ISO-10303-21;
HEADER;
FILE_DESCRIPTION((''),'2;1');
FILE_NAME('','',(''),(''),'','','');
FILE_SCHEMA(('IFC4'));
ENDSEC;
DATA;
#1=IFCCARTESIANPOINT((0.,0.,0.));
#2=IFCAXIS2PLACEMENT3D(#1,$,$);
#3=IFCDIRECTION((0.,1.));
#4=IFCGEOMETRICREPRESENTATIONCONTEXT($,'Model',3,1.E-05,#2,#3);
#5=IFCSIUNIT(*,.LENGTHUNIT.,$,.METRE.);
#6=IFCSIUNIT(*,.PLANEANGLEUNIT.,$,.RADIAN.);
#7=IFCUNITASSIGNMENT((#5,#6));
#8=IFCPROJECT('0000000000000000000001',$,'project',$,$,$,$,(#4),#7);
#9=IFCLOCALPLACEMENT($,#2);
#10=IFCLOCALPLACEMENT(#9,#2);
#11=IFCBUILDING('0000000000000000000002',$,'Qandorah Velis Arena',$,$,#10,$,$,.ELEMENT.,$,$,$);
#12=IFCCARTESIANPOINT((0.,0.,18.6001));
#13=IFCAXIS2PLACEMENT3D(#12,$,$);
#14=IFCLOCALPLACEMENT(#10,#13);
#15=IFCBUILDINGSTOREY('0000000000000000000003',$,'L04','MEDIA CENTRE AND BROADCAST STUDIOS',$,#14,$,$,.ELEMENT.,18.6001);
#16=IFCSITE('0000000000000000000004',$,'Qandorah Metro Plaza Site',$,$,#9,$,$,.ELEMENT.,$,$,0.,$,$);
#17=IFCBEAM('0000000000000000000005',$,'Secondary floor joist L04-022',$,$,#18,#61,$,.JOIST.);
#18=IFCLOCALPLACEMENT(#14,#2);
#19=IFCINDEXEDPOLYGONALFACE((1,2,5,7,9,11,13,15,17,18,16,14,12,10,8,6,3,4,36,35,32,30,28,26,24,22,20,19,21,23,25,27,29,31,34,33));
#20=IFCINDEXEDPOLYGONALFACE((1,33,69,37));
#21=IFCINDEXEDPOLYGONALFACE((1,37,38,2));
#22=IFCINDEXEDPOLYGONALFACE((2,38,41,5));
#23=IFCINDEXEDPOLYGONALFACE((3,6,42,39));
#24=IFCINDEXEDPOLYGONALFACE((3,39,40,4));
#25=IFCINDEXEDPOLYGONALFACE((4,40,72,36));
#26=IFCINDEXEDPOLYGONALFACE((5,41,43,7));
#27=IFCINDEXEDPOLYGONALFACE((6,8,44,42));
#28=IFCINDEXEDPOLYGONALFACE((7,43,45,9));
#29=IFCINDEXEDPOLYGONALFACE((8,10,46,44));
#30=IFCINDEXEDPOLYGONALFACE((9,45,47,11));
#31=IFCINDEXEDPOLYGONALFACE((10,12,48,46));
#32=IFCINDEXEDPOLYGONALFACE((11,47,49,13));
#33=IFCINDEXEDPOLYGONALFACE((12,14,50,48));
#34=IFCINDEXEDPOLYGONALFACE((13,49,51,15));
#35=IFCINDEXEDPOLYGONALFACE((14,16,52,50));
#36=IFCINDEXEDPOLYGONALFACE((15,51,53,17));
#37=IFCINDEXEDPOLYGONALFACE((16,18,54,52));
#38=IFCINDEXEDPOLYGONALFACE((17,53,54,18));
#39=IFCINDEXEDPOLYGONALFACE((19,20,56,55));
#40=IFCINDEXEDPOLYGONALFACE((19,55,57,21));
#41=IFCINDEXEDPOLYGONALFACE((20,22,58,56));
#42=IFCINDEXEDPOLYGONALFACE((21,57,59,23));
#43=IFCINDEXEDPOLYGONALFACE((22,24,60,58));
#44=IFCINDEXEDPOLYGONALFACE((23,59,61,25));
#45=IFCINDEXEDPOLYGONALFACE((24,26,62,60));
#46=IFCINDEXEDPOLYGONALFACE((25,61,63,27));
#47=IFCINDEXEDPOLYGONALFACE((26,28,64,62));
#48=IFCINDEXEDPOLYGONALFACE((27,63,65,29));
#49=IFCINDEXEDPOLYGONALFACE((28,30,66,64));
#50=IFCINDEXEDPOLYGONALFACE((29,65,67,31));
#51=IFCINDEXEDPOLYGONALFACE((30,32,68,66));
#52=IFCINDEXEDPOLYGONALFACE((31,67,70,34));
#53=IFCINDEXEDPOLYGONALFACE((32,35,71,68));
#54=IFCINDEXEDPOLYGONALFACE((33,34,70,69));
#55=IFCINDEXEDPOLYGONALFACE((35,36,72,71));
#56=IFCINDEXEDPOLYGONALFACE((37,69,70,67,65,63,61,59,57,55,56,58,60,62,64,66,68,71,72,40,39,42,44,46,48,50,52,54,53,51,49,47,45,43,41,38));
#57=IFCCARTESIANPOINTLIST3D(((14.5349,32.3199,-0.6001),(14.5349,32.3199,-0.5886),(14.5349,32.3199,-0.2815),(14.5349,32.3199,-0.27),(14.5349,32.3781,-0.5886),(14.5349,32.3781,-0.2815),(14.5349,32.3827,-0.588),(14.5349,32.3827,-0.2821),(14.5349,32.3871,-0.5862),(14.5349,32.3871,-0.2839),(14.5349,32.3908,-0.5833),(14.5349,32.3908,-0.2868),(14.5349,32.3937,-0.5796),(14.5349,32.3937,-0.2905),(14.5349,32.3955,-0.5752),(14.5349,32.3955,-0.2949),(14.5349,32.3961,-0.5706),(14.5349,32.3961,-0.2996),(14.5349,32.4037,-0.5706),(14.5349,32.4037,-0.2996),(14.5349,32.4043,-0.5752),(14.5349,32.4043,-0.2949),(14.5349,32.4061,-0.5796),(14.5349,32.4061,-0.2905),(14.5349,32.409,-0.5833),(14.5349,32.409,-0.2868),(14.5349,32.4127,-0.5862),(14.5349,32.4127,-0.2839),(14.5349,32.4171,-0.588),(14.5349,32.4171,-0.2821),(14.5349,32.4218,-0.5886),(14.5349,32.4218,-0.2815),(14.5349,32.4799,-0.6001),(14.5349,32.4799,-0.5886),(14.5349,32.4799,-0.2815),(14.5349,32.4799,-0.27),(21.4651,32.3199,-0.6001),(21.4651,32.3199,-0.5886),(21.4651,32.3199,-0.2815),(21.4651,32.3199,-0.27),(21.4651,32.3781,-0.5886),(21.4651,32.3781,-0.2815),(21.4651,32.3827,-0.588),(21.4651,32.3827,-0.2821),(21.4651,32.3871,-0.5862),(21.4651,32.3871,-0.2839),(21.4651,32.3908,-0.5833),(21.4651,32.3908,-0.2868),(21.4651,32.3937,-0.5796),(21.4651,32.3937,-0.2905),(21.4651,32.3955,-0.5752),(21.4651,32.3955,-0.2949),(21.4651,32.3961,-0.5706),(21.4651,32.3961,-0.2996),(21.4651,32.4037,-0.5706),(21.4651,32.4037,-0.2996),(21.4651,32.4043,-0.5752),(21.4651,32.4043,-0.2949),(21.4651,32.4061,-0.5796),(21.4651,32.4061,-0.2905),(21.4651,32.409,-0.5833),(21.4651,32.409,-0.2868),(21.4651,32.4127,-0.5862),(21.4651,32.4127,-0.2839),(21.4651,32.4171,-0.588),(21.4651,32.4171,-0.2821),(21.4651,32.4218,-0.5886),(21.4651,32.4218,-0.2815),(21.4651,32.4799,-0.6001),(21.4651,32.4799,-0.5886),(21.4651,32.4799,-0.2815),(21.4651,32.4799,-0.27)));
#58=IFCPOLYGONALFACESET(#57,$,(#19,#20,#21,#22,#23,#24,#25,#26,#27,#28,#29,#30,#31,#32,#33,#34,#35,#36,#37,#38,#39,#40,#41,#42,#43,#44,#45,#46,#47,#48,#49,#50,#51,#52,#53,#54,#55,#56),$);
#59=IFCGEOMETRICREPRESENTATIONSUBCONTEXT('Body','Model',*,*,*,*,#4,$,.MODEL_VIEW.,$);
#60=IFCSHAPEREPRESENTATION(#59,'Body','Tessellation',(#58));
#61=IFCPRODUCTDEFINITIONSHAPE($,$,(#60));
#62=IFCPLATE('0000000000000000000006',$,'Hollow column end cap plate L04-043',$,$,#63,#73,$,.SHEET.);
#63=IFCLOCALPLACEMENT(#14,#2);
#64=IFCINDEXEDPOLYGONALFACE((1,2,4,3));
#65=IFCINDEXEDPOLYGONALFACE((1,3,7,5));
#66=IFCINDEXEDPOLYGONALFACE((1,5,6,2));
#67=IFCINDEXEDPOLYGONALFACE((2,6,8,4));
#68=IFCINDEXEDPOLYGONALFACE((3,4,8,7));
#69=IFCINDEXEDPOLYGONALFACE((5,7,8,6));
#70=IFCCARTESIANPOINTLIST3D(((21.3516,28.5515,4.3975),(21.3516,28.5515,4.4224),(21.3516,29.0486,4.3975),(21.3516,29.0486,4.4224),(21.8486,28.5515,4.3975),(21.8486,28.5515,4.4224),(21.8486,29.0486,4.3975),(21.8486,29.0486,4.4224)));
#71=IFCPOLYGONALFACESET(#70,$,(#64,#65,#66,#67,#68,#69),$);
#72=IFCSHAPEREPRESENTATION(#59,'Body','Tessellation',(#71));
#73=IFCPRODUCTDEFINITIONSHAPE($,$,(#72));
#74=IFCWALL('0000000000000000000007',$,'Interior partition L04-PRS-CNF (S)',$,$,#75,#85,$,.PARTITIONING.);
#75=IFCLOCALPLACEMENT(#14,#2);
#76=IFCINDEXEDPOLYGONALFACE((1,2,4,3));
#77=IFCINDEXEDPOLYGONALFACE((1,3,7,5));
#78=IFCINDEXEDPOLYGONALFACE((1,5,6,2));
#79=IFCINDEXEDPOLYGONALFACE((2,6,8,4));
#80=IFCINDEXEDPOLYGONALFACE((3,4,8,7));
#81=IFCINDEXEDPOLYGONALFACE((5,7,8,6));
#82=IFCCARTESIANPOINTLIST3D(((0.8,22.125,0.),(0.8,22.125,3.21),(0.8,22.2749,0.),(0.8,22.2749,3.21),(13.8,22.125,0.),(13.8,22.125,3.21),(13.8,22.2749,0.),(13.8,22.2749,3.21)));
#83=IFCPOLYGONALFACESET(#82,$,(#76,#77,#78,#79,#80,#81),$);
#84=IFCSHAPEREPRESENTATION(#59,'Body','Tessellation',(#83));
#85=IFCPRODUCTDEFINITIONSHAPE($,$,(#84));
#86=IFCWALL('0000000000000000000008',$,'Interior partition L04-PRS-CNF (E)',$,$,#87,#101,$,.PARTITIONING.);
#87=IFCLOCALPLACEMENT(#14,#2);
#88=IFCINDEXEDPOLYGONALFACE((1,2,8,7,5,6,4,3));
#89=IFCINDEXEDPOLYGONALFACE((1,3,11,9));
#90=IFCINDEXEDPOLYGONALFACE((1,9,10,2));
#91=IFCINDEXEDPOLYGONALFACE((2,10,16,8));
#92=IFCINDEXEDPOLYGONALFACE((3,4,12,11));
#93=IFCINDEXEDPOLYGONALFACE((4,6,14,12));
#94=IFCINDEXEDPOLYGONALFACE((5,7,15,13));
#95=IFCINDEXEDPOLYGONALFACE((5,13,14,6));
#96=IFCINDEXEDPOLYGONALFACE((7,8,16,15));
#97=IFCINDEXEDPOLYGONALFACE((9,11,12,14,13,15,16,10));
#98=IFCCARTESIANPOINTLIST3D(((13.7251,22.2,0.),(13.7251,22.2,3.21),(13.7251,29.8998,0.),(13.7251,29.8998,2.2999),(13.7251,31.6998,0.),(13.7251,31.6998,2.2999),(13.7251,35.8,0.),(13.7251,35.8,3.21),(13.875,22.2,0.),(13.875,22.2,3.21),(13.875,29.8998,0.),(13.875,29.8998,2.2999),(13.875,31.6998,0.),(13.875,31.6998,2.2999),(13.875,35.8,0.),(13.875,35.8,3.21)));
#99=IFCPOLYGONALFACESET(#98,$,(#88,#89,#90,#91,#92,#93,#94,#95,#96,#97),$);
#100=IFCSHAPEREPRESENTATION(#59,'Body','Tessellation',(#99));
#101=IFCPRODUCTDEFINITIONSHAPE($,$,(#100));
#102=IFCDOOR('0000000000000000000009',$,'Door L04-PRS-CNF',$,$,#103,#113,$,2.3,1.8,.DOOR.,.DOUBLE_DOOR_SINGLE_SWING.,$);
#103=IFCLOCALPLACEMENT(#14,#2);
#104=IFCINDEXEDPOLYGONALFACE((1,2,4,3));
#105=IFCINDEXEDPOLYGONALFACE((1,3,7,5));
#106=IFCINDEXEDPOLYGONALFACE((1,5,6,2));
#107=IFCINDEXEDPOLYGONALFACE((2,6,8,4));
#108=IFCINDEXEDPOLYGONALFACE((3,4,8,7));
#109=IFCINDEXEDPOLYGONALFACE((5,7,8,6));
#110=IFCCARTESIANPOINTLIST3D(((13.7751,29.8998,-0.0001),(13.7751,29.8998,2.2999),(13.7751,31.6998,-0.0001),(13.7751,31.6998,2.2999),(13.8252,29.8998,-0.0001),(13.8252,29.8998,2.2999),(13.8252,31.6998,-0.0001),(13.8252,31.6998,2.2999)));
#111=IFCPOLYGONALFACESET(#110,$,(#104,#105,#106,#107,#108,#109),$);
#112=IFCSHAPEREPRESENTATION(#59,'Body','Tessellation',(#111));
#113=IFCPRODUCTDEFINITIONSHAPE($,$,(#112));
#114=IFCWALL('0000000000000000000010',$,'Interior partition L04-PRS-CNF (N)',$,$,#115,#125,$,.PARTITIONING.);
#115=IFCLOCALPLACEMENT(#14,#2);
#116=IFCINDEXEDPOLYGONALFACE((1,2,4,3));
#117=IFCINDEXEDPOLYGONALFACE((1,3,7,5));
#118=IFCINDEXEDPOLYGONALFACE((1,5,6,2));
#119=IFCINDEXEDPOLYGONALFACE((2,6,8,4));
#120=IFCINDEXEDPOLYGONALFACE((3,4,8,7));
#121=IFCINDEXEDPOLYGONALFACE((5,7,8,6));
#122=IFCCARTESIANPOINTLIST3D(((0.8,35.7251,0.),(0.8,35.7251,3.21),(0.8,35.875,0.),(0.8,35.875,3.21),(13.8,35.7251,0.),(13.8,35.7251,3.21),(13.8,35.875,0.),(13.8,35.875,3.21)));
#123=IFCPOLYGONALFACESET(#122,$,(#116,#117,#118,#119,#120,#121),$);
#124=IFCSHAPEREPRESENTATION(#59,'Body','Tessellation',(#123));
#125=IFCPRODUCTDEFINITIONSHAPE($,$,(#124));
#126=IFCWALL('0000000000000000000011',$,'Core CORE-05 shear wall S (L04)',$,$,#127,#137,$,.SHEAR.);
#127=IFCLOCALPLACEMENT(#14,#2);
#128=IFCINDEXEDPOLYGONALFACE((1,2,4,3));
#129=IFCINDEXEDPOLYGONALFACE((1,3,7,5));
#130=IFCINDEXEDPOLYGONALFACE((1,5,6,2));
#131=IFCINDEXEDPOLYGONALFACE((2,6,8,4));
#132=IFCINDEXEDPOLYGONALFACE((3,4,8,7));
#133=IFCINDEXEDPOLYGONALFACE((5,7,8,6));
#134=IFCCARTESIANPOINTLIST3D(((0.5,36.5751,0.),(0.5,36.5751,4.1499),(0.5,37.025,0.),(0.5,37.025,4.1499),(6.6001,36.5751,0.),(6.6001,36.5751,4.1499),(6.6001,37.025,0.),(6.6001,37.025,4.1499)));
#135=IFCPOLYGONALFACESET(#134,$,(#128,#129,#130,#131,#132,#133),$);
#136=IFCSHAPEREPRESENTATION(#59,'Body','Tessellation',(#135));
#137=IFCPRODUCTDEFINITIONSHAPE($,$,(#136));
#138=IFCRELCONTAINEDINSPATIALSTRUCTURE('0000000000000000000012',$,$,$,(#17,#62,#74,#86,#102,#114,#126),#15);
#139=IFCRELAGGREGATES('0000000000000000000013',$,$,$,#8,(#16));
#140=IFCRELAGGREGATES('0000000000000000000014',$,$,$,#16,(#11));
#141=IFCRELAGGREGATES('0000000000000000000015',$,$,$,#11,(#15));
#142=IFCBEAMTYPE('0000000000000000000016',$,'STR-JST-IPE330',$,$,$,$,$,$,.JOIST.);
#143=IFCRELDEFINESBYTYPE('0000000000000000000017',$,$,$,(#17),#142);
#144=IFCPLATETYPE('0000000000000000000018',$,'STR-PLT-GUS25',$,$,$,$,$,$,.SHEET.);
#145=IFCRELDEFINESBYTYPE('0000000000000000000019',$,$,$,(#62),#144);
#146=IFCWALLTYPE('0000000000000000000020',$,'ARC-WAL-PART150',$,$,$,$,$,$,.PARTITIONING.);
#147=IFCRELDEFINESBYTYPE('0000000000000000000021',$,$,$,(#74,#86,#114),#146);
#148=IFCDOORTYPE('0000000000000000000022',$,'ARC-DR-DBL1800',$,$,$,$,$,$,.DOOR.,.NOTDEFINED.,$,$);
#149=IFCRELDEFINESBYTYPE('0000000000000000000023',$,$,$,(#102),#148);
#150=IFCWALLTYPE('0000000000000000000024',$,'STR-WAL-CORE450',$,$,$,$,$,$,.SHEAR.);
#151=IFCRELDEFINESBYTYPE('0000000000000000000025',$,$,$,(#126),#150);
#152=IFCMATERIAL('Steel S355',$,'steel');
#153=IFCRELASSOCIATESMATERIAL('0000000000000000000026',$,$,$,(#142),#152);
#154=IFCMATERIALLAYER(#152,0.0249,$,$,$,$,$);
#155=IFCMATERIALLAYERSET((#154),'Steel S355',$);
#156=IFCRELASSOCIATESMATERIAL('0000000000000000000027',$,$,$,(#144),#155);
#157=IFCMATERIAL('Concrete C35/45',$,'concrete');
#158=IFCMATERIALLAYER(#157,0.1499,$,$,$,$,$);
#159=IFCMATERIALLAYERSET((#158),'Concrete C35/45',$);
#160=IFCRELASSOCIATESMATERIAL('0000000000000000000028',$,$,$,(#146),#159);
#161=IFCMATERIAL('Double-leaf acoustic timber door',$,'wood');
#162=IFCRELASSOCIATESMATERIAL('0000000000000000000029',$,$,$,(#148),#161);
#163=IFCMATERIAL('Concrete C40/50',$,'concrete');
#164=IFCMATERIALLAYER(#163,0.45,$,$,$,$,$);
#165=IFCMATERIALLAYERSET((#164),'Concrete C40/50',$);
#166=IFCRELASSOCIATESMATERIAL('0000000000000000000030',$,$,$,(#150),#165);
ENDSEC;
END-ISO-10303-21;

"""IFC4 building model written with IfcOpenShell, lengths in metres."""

from ifc_helpers import new_model, si_unit, direction, frame, frame_2d, origin, origin_2d, place, context, subcontext, project, spatial, rectangle, i_section, extrude, material, layer, layer_set, material_profile, profile_set, type_object, element, fill, save


model = new_model("IFC4")

# Units and contexts
model_context = context("Model", 3, precision=1e-05, world=origin(), true_north=direction((0.0, 1.0)))
body_context = subcontext(model_context, "Body", "Model", "MODEL_VIEW")
ifc_project = project(units=[si_unit("LENGTHUNIT", "METRE"), si_unit("PLANEANGLEUNIT", "RADIAN")], contexts=[model_context])

# Site, building, storey
site_placement = place(None, origin())
site = spatial("IfcSite", under=ifc_project, at=site_placement, Name="Qandorah Metro Plaza Site", CompositionType="ELEMENT", RefElevation=0.0)
building_placement = place(site_placement, origin())
building = spatial("IfcBuilding", under=site, at=building_placement, Name="Qandorah Velis Arena", CompositionType="ELEMENT")
storey_placement = place(building_placement, frame((0.0, 0.0, 18.6001)))
storey = spatial("IfcBuildingStorey", under=building, at=storey_placement, Name="L04", Description="MEDIA CENTRE AND BROADCAST STUDIOS", CompositionType="ELEMENT", Elevation=18.6001)

# Shared definitions
ifc_material_1 = material(Name="Steel S355", Category="steel")
ifc_material_2 = material(Name="Concrete C40/50", Category="concrete")

# Beam
ifc_material_profile_1 = material_profile(ifc_material_1, i_section(OverallWidth=0.1599, OverallDepth=0.3301, WebThickness=0.0076, FlangeThickness=0.0115, FilletRadius=0.0181, at=origin_2d()), Name="IPE 330")
ifc_profile_set_1 = profile_set([ifc_material_profile_1], Name="Steel S355")
beam_type_1 = type_object("IfcBeamType", Name="STR-JST-IPE330", PredefinedType="JOIST", material=ifc_profile_set_1)
for number, where, z_axis, x_axis, name in (
    (1, (14.5349, 32.3999, -0.4351), (1.0, 0.0, 0.0), (0.0, 1.0, 0.0), "Secondary floor joist L04-022"),
):
    element("IfcBeam", number, at=place(storey_placement, frame(where, z_axis=z_axis, x_axis=x_axis)), inside=storey, type_object=beam_type_1, Name=name, PredefinedType="JOIST", context=body_context, shape_type="SweptSolid", body=[
        extrude(i_section(OverallWidth=0.1599, OverallDepth=0.3301, WebThickness=0.0076, FlangeThickness=0.0115, FilletRadius=0.0181, at=origin_2d()), origin(), (0.0, 0.0, 1.0), 6.9302),
    ])

# Plate
ifc_layer_1 = layer(ifc_material_1, 0.0249)
ifc_layer_set_1 = layer_set([ifc_layer_1], Name="Steel S355")
plate_type = type_object("IfcPlateType", Name="STR-PLT-GUS25", PredefinedType="SHEET", material=ifc_layer_set_1)
plate_placement = place(storey_placement, frame((21.6001, 28.8, 4.3975), z_axis=(0.0, 0.0, 1.0), x_axis=(1.0, 0.0, 0.0)))
element("IfcPlate", 2, at=plate_placement, inside=storey, type_object=plate_type, Name="Hollow column end cap plate L04-043", PredefinedType="SHEET", context=body_context, shape_type="SweptSolid", body=[
    extrude(rectangle(XDim=0.4971, YDim=0.4971, at=origin_2d()), origin(), (0.0, 0.0, 1.0), 0.0249),
])

# Wall
ifc_material_3 = material(Name="Concrete C35/45", Category="concrete")
ifc_layer_2 = layer(ifc_material_3, 0.1499)
ifc_layer_set_2 = layer_set([ifc_layer_2], Name="Concrete C35/45")
wall_type_1 = type_object("IfcWallType", Name="ARC-WAL-PART150", PredefinedType="PARTITIONING", material=ifc_layer_set_2)
wall_1_placement = place(storey_placement, frame((0.8, 22.2, 0.0), z_axis=(0.0, 0.0, 1.0), x_axis=(1.0, 0.0, 0.0)))
element("IfcWall", 3, at=wall_1_placement, inside=storey, type_object=wall_type_1, Name="Interior partition L04-PRS-CNF (S)", PredefinedType="PARTITIONING", context=body_context, shape_type="SweptSolid", body=[
    extrude(rectangle(XDim=13.0, YDim=0.1499, at=frame_2d((6.5, 0.0))), origin(), (0.0, 0.0, 1.0), 3.21),
])

# Wall, opening, door
wall_2_placement = place(storey_placement, frame((13.8, 22.2, 0.0), z_axis=(0.0, 0.0, 1.0), x_axis=(0.0, 1.0, 0.0)))
wall_2 = element("IfcWall", 4, at=wall_2_placement, inside=storey, type_object=wall_type_1, Name="Interior partition L04-PRS-CNF (E)", PredefinedType="PARTITIONING", context=body_context, shape_type="SweptSolid", body=[
    extrude(rectangle(XDim=13.6001, YDim=0.1499, at=frame_2d((6.8, 0.0))), origin(), (0.0, 0.0, 1.0), 3.21),
])
opening_placement = place(wall_2_placement, frame((7.7, 0.0, 0.0)))
opening = element("IfcOpeningElement", 5, at=opening_placement, cuts=wall_2, PredefinedType="OPENING", context=body_context, shape_type="SweptSolid", body=[
    extrude(rectangle(XDim=1.8, YDim=2.3, at=frame_2d((0.8999, 1.1499))), frame((0.0, 0.085, 0.0), z_axis=(0.0, -1.0, 0.0), x_axis=(1.0, 0.0, 0.0)), (0.0, 0.0, 1.0), 0.1699),
])
ifc_material_4 = material(Name="Double-leaf acoustic timber door", Category="wood")
door_type = type_object("IfcDoorType", Name="ARC-DR-DBL1800", OperationType="NOTDEFINED", PredefinedType="DOOR", material=ifc_material_4)
door_placement = place(opening_placement, origin())
door = element("IfcDoor", 6, at=door_placement, inside=storey, type_object=door_type, Name="Door L04-PRS-CNF", OperationType="DOUBLE_DOOR_SINGLE_SWING", OverallHeight=2.3, OverallWidth=1.8, PredefinedType="DOOR", context=body_context, shape_type="SweptSolid", body=[
    extrude(rectangle(XDim=1.8, YDim=2.3, at=frame_2d((0.8999, 1.1499))), frame((0.0, 0.0249, 0.0), z_axis=(0.0, -1.0, 0.0), x_axis=(1.0, 0.0, 0.0)), (0.0, 0.0, 1.0), 0.05),
])
fill(opening, door)

# Walls
wall_3_placement = place(storey_placement, frame((13.8, 35.8, 0.0), z_axis=(0.0, 0.0, 1.0), x_axis=(-1.0, 0.0, 0.0)))
element("IfcWall", 7, at=wall_3_placement, inside=storey, type_object=wall_type_1, Name="Interior partition L04-PRS-CNF (N)", PredefinedType="PARTITIONING", context=body_context, shape_type="SweptSolid", body=[
    extrude(rectangle(XDim=13.0, YDim=0.1499, at=frame_2d((6.5, 0.0))), origin(), (0.0, 0.0, 1.0), 3.21),
])
ifc_layer_3 = layer(ifc_material_2, 0.45)
ifc_layer_set_3 = layer_set([ifc_layer_3], Name="Concrete C40/50")
wall_type_2 = type_object("IfcWallType", Name="STR-WAL-CORE450", PredefinedType="SHEAR", material=ifc_layer_set_3)
wall_4_placement = place(storey_placement, frame((0.5, 36.8, 0.0), z_axis=(0.0, 0.0, 1.0), x_axis=(1.0, 0.0, 0.0)))
element("IfcWall", 8, at=wall_4_placement, inside=storey, type_object=wall_type_2, Name="Core CORE-05 shear wall S (L04)", PredefinedType="SHEAR", context=body_context, shape_type="SweptSolid", body=[
    extrude(rectangle(XDim=6.1001, YDim=0.45, at=frame_2d((3.05, 0.0))), origin(), (0.0, 0.0, 1.0), 4.1499),
])

save(model, "model.ifc")
